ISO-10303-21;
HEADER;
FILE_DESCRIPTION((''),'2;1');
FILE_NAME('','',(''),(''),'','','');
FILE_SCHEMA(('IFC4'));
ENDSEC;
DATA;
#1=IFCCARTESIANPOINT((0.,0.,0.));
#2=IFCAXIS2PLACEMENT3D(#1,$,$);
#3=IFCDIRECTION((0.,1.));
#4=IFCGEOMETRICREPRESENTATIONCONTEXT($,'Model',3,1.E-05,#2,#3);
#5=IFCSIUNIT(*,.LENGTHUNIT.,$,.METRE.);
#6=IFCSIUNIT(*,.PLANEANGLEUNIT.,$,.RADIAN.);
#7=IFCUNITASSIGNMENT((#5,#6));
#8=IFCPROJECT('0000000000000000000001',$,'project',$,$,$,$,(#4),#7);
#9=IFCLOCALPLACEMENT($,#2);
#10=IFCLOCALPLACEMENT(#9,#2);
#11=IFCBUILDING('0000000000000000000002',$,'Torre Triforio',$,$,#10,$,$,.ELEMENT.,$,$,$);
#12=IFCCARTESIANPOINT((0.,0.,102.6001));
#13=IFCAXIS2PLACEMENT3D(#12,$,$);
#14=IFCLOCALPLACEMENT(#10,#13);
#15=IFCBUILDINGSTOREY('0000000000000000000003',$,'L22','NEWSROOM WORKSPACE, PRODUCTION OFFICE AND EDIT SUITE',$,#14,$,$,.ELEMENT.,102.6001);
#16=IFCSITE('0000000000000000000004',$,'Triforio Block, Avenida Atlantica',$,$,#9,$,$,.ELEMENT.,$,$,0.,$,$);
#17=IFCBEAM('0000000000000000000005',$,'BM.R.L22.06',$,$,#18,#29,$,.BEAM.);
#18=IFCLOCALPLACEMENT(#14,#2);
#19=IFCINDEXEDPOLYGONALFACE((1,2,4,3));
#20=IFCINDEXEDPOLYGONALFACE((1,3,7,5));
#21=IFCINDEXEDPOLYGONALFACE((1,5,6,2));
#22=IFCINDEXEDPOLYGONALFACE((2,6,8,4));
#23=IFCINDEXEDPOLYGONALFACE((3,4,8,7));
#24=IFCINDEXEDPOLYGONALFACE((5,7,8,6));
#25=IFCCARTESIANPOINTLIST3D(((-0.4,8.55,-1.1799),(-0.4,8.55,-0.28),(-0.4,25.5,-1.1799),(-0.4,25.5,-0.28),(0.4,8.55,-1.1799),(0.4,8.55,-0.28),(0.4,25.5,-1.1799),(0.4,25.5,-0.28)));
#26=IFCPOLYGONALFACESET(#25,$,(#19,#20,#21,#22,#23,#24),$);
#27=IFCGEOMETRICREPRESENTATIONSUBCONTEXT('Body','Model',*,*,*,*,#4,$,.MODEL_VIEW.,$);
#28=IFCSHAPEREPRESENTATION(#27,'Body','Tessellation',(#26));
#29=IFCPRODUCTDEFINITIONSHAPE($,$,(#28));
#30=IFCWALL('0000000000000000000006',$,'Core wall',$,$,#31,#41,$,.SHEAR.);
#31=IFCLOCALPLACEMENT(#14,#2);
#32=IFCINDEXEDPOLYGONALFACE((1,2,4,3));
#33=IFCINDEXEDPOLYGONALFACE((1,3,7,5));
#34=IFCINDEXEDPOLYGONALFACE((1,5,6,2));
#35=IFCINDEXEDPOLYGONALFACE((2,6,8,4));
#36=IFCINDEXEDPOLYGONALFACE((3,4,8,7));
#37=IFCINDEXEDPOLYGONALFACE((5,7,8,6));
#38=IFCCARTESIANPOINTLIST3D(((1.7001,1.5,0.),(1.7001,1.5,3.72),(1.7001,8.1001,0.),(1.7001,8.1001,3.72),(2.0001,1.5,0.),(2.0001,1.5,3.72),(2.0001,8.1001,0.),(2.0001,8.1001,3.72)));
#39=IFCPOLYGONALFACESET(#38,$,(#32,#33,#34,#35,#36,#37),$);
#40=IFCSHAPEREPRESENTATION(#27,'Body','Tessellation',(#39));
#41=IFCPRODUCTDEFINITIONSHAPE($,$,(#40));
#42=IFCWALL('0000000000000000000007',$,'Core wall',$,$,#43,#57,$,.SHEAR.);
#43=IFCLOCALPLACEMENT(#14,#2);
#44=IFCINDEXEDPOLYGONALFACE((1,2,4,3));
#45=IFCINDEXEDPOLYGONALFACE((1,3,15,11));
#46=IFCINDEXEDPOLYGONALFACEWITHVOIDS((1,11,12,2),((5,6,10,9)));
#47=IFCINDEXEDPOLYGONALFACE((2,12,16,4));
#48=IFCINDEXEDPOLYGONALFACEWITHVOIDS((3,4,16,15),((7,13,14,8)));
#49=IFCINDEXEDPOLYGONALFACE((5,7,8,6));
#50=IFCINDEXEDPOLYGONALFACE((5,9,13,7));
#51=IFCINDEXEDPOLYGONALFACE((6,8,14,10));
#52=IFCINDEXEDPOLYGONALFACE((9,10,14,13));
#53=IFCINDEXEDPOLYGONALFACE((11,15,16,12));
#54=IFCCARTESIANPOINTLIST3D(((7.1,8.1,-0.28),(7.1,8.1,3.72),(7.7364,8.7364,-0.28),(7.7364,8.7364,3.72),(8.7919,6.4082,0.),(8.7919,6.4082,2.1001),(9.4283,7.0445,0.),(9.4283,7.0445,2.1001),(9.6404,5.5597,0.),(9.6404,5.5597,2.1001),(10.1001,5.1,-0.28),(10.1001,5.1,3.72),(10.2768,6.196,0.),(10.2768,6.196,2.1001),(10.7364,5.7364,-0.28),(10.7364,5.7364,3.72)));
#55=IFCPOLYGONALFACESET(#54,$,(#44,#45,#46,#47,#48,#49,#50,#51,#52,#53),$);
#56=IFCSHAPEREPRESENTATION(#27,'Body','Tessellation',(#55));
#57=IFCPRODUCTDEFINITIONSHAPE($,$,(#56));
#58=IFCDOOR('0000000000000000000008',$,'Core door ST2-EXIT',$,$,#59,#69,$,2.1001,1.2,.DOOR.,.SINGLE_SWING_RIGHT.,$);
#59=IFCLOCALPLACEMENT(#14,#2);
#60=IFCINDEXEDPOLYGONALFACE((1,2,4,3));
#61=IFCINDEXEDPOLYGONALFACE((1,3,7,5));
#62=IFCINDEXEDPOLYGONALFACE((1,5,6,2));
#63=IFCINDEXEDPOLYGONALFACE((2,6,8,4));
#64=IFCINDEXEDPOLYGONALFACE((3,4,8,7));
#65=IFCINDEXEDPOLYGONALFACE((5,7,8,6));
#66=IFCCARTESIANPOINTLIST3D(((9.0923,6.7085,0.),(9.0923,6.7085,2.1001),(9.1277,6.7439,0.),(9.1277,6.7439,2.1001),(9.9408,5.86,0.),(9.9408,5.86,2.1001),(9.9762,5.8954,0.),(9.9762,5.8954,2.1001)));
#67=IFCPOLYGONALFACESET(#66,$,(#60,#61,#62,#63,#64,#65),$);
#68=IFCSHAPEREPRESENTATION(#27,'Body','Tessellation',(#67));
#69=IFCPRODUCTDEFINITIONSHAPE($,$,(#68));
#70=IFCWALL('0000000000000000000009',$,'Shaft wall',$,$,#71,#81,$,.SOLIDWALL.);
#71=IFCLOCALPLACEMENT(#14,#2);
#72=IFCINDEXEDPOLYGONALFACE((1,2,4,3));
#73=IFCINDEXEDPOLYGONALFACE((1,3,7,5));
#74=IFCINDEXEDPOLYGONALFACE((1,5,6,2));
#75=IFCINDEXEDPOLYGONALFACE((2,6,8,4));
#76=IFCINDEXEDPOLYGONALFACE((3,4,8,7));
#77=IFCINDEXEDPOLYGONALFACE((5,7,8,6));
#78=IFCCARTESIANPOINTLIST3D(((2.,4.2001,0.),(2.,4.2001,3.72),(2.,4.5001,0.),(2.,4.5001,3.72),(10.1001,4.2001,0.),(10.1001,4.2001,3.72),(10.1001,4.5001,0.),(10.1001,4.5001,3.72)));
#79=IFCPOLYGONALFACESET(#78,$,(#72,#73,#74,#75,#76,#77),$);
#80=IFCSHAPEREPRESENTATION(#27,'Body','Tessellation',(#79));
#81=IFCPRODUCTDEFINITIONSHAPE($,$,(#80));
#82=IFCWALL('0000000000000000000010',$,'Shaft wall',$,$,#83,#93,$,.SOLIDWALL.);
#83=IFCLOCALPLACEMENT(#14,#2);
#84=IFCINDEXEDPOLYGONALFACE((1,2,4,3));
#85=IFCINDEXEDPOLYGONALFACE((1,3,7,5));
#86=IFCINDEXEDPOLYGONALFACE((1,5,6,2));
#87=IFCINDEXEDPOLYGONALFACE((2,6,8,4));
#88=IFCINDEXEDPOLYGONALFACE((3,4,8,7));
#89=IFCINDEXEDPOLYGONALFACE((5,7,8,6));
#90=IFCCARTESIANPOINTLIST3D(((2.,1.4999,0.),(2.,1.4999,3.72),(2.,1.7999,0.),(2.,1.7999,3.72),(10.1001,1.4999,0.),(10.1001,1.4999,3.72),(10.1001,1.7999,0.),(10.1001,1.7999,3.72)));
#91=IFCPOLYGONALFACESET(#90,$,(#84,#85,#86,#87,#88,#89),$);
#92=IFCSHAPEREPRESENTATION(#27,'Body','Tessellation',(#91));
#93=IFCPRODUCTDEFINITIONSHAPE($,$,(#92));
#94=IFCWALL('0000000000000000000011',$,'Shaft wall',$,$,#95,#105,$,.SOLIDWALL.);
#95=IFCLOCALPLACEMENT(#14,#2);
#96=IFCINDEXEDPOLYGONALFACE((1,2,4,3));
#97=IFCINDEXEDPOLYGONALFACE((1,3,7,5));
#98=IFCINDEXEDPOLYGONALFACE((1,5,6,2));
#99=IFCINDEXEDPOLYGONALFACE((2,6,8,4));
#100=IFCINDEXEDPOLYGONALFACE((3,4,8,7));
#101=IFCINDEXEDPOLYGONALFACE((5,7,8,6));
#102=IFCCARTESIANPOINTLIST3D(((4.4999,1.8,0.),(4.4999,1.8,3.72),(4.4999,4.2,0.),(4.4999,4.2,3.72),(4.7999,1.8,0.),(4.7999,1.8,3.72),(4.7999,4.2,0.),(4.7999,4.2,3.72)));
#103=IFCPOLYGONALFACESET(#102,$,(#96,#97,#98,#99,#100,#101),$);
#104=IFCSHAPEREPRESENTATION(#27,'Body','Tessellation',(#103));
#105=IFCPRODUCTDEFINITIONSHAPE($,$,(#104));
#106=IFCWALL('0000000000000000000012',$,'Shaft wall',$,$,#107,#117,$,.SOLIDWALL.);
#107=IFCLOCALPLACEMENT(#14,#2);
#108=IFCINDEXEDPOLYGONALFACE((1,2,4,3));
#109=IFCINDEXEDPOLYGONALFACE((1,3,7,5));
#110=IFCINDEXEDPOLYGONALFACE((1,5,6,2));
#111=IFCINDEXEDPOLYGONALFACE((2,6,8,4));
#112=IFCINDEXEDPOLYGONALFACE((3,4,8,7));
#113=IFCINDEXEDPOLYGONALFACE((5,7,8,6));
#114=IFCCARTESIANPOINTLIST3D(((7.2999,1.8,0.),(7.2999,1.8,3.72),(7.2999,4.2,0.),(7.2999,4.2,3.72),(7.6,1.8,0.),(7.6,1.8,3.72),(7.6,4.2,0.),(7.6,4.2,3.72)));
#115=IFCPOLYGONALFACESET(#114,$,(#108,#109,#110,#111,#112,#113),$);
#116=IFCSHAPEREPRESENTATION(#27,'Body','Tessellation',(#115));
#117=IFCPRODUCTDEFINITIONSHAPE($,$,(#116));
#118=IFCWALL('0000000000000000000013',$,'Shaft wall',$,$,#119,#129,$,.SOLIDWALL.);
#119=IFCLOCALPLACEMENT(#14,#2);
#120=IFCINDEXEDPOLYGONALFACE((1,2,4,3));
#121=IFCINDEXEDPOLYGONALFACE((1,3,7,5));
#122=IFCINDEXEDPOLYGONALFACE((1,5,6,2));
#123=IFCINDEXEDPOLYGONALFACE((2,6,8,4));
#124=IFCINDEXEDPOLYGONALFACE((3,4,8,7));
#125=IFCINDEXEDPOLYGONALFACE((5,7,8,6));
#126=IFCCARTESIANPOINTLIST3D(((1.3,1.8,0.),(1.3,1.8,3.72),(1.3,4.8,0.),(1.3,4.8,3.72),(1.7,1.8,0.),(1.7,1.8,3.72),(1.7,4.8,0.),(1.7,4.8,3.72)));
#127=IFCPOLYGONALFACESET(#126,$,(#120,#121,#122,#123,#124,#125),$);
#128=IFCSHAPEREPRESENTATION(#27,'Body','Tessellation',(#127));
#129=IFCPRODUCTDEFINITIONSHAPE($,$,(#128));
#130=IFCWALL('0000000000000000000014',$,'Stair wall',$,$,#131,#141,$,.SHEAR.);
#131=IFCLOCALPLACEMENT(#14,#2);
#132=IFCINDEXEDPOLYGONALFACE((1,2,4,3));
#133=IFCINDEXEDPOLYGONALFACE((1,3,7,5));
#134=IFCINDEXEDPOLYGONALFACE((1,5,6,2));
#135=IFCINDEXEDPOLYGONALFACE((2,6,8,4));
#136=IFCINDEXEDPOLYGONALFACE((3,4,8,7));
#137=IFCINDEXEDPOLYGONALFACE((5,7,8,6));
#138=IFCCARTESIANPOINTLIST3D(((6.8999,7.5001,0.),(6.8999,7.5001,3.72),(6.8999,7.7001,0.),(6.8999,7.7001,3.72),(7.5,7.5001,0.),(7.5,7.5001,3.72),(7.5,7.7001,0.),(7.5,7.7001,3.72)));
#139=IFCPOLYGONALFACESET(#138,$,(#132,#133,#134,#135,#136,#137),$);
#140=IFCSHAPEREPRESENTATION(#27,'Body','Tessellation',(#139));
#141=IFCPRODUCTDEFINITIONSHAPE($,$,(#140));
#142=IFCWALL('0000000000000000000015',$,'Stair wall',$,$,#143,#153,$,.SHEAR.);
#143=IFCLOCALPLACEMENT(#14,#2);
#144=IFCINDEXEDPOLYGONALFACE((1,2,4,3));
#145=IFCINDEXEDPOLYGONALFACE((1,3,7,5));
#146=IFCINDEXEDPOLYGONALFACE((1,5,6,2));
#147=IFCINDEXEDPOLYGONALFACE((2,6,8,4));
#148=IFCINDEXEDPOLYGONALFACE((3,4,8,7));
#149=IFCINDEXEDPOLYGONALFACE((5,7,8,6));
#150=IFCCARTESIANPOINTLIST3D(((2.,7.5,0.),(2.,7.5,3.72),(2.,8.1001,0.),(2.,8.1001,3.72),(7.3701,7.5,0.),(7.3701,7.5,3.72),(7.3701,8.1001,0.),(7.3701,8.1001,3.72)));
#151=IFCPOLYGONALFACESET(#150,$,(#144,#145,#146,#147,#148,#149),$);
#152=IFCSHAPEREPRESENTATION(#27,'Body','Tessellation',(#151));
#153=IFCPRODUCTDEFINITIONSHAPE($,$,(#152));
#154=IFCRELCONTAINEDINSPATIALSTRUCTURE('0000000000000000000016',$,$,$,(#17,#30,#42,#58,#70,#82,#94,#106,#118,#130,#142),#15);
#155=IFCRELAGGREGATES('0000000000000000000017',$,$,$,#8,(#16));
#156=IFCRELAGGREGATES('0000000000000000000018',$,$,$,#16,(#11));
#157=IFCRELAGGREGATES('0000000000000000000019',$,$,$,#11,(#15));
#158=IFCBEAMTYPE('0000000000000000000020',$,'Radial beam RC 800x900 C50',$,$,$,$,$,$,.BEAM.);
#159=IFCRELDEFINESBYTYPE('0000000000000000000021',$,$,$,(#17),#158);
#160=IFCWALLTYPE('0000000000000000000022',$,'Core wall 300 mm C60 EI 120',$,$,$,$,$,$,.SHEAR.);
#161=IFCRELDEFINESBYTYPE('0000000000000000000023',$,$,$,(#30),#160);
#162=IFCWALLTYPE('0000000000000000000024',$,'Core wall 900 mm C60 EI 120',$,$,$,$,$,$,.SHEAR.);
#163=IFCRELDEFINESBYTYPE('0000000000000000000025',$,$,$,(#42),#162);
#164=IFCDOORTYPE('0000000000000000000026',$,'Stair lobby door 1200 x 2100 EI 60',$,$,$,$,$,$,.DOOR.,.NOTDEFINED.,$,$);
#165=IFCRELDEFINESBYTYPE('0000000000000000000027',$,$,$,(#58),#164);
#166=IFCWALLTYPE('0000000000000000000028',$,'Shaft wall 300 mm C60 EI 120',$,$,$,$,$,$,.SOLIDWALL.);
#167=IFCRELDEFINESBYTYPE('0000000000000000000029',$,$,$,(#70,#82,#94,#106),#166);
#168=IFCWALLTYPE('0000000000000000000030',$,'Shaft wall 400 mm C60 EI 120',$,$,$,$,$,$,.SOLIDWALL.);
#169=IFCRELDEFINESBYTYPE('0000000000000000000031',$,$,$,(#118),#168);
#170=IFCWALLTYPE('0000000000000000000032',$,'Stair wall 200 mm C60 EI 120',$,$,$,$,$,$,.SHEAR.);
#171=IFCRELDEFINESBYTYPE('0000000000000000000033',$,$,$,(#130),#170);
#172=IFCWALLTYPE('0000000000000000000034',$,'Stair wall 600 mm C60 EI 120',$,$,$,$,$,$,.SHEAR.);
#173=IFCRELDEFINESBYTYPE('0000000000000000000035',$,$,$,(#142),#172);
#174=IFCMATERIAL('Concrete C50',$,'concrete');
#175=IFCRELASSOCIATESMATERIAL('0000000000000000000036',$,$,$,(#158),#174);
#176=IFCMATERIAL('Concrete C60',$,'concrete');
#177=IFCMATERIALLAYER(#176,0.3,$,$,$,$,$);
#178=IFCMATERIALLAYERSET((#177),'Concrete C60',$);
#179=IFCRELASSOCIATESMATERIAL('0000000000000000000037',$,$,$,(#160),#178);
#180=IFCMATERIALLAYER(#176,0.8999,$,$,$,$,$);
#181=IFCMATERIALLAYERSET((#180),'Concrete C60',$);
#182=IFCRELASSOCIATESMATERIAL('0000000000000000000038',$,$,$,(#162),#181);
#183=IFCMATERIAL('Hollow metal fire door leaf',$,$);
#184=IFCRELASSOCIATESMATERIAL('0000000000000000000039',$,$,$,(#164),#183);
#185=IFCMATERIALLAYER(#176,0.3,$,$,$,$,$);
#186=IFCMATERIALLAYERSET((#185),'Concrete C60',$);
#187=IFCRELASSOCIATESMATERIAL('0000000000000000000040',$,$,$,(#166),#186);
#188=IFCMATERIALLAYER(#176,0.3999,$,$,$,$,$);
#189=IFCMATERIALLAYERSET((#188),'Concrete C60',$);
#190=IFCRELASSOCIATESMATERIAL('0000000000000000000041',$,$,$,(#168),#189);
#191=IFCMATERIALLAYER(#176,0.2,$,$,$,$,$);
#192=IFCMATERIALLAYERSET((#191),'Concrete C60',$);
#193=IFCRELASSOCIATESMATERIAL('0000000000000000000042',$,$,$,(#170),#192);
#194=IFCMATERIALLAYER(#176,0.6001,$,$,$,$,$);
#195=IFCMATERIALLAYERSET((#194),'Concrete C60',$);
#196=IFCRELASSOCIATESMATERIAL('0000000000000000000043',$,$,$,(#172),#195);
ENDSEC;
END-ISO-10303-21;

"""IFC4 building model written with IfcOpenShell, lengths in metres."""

from ifc_helpers import new_model, si_unit, direction, frame, frame_2d, origin, origin_2d, place, context, subcontext, project, spatial, rectangle, extrude, material, layer, layer_set, material_profile, profile_set, type_object, element, fill, save


model = new_model("IFC4")

# Units and contexts
model_context = context("Model", 3, precision=1e-05, world=origin(), true_north=direction((0.0, 1.0)))
body_context = subcontext(model_context, "Body", "Model", "MODEL_VIEW")
ifc_project = project(units=[si_unit("LENGTHUNIT", "METRE"), si_unit("PLANEANGLEUNIT", "RADIAN")], contexts=[model_context])

# Site, building, storey
site_placement = place(None, origin())
site = spatial("IfcSite", under=ifc_project, at=site_placement, Name="Triforio Block, Avenida Atlantica", CompositionType="ELEMENT", RefElevation=0.0)
building_placement = place(site_placement, origin())
building = spatial("IfcBuilding", under=site, at=building_placement, Name="Torre Triforio", CompositionType="ELEMENT")
storey_placement = place(building_placement, frame((0.0, 0.0, 102.6001)))
storey = spatial("IfcBuildingStorey", under=building, at=storey_placement, Name="L22", Description="NEWSROOM WORKSPACE, PRODUCTION OFFICE AND EDIT SUITE", CompositionType="ELEMENT", Elevation=102.6001)

# Beam
ifc_material_1 = material(Name="Concrete C50", Category="concrete")
ifc_material_profile = material_profile(ifc_material_1, rectangle(XDim=0.8, YDim=0.8999, at=origin_2d()), Name="RC 800x900")
ifc_profile_set = profile_set([ifc_material_profile], Name="Concrete C50")
beam_type = type_object("IfcBeamType", Name="Radial beam RC 800x900 C50", PredefinedType="BEAM", material=ifc_profile_set)
beam_placement = place(storey_placement, frame((0.0, 8.55, -0.73), z_axis=(0.0, 1.0, 0.0), x_axis=(-1.0, 0.0, 0.0)))
element("IfcBeam", 1, at=beam_placement, inside=storey, type_object=beam_type, Name="BM.R.L22.06", PredefinedType="BEAM", context=body_context, shape_type="SweptSolid", body=[
    extrude(rectangle(XDim=0.8, YDim=0.8999, at=origin_2d()), origin(), (0.0, 0.0, 1.0), 16.95),
])

# Wall
ifc_material_2 = material(Name="Concrete C60", Category="concrete")
ifc_layer_1 = layer(ifc_material_2, 0.3)
ifc_layer_set_1 = layer_set([ifc_layer_1], Name="Concrete C60")
wall_type_1 = type_object("IfcWallType", Name="Core wall 300 mm C60 EI 120", PredefinedType="SHEAR", material=ifc_layer_set_1)
wall_1_placement = place(storey_placement, frame((1.8501, 1.5, 0.0), z_axis=(0.0, 0.0, 1.0), x_axis=(0.0, 1.0, 0.0)))
element("IfcWall", 2, at=wall_1_placement, inside=storey, type_object=wall_type_1, Name="Core wall", PredefinedType="SHEAR", context=body_context, shape_type="SweptSolid", body=[
    extrude(rectangle(XDim=6.6001, YDim=0.3, at=frame_2d((3.3, 0.0))), origin(), (0.0, 0.0, 1.0), 3.72),
])

# Wall, opening, door
ifc_layer_2 = layer(ifc_material_2, 0.8999)
ifc_layer_set_2 = layer_set([ifc_layer_2], Name="Concrete C60")
wall_type_2 = type_object("IfcWallType", Name="Core wall 900 mm C60 EI 120", PredefinedType="SHEAR", material=ifc_layer_set_2)
wall_2_placement = place(storey_placement, frame((7.4182, 8.4182, -0.28), z_axis=(0.0, 0.0, 1.0), x_axis=(0.707107, -0.707107, 0.0)))
wall_2 = element("IfcWall", 3, at=wall_2_placement, inside=storey, type_object=wall_type_2, Name="Core wall", PredefinedType="SHEAR", context=body_context, shape_type="SweptSolid", body=[
    extrude(rectangle(XDim=4.2427, YDim=0.8999, at=frame_2d((2.1213, 0.0))), origin(), (0.0, 0.0, 1.0), 4.0),
])
opening_placement = place(wall_2_placement, frame((2.3926, 0.0, 0.28)))
opening = element("IfcOpeningElement", 4, at=opening_placement, cuts=wall_2, PredefinedType="OPENING", context=body_context, shape_type="SweptSolid", body=[
    extrude(rectangle(XDim=1.2, YDim=2.1001, at=frame_2d((0.6001, 1.05))), frame((0.0, 0.46, 0.0), z_axis=(0.0, -1.0, 0.0), x_axis=(1.0, 0.0, 0.0)), (0.0, 0.0, 1.0), 0.9199),
])
ifc_material_3 = material(Name="Hollow metal fire door leaf")
door_type = type_object("IfcDoorType", Name="Stair lobby door 1200 x 2100 EI 60", OperationType="NOTDEFINED", PredefinedType="DOOR", material=ifc_material_3)
door_placement = place(opening_placement, origin())
door = element("IfcDoor", 5, at=door_placement, inside=storey, type_object=door_type, Name="Core door ST2-EXIT", OperationType="SINGLE_SWING_RIGHT", OverallHeight=2.1001, OverallWidth=1.2, PredefinedType="DOOR", context=body_context, shape_type="SweptSolid", body=[
    extrude(rectangle(XDim=1.2, YDim=2.1001, at=frame_2d((0.6001, 1.05))), frame((0.0, 0.0249, 0.0), z_axis=(0.0, -1.0, 0.0), x_axis=(1.0, 0.0, 0.0)), (0.0, 0.0, 1.0), 0.05),
])
fill(opening, door)

# Walls
ifc_layer_3 = layer(ifc_material_2, 0.3)
ifc_layer_set_3 = layer_set([ifc_layer_3], Name="Concrete C60")
wall_type_3 = type_object("IfcWallType", Name="Shaft wall 300 mm C60 EI 120", PredefinedType="SOLIDWALL", material=ifc_layer_set_3)
for number, where, z_axis, x_axis, name in (
    (6, (2.0, 4.3501, 0.0), (0.0, 0.0, 1.0), (1.0, 0.0, 0.0), "Shaft wall"),
    (7, (2.0, 1.6499, 0.0), (0.0, 0.0, 1.0), (1.0, 0.0, 0.0), "Shaft wall"),
):
    element("IfcWall", number, at=place(storey_placement, frame(where, z_axis=z_axis, x_axis=x_axis)), inside=storey, type_object=wall_type_3, Name=name, PredefinedType="SOLIDWALL", context=body_context, shape_type="SweptSolid", body=[
        extrude(rectangle(XDim=8.1001, YDim=0.3, at=frame_2d((4.05, 0.0))), origin(), (0.0, 0.0, 1.0), 3.72),
    ])
for number, where, z_axis, x_axis, name in (
    (8, (4.6499, 1.8, 0.0), (0.0, 0.0, 1.0), (0.0, 1.0, 0.0), "Shaft wall"),
    (9, (7.45, 1.8, 0.0), (0.0, 0.0, 1.0), (0.0, 1.0, 0.0), "Shaft wall"),
):
    element("IfcWall", number, at=place(storey_placement, frame(where, z_axis=z_axis, x_axis=x_axis)), inside=storey, type_object=wall_type_3, Name=name, PredefinedType="SOLIDWALL", context=body_context, shape_type="SweptSolid", body=[
        extrude(rectangle(XDim=2.3999, YDim=0.3, at=frame_2d((1.2, 0.0))), origin(), (0.0, 0.0, 1.0), 3.72),
    ])
ifc_layer_4 = layer(ifc_material_2, 0.3999)
ifc_layer_set_4 = layer_set([ifc_layer_4], Name="Concrete C60")
wall_type_4 = type_object("IfcWallType", Name="Shaft wall 400 mm C60 EI 120", PredefinedType="SOLIDWALL", material=ifc_layer_set_4)
wall_3_placement = place(storey_placement, frame((1.5, 1.8, 0.0), z_axis=(0.0, 0.0, 1.0), x_axis=(0.0, 1.0, 0.0)))
element("IfcWall", 10, at=wall_3_placement, inside=storey, type_object=wall_type_4, Name="Shaft wall", PredefinedType="SOLIDWALL", context=body_context, shape_type="SweptSolid", body=[
    extrude(rectangle(XDim=3.0, YDim=0.3999, at=frame_2d((1.5, 0.0))), origin(), (0.0, 0.0, 1.0), 3.72),
])
ifc_layer_5 = layer(ifc_material_2, 0.2)
ifc_layer_set_5 = layer_set([ifc_layer_5], Name="Concrete C60")
wall_type_5 = type_object("IfcWallType", Name="Stair wall 200 mm C60 EI 120", PredefinedType="SHEAR", material=ifc_layer_set_5)
wall_4_placement = place(storey_placement, frame((6.8999, 7.6001, 0.0), z_axis=(0.0, 0.0, 1.0), x_axis=(1.0, 0.0, 0.0)))
element("IfcWall", 11, at=wall_4_placement, inside=storey, type_object=wall_type_5, Name="Stair wall", PredefinedType="SHEAR", context=body_context, shape_type="SweptSolid", body=[
    extrude(rectangle(XDim=0.6001, YDim=0.2, at=frame_2d((0.3, 0.0))), origin(), (0.0, 0.0, 1.0), 3.72),
])
ifc_layer_6 = layer(ifc_material_2, 0.6001)
ifc_layer_set_6 = layer_set([ifc_layer_6], Name="Concrete C60")
wall_type_6 = type_object("IfcWallType", Name="Stair wall 600 mm C60 EI 120", PredefinedType="SHEAR", material=ifc_layer_set_6)
wall_5_placement = place(storey_placement, frame((2.0, 7.8, 0.0), z_axis=(0.0, 0.0, 1.0), x_axis=(1.0, 0.0, 0.0)))
element("IfcWall", 12, at=wall_5_placement, inside=storey, type_object=wall_type_6, Name="Stair wall", PredefinedType="SHEAR", context=body_context, shape_type="SweptSolid", body=[
    extrude(rectangle(XDim=5.3701, YDim=0.6001, at=frame_2d((2.6851, 0.0))), origin(), (0.0, 0.0, 1.0), 3.72),
])

save(model, "model.ifc")
